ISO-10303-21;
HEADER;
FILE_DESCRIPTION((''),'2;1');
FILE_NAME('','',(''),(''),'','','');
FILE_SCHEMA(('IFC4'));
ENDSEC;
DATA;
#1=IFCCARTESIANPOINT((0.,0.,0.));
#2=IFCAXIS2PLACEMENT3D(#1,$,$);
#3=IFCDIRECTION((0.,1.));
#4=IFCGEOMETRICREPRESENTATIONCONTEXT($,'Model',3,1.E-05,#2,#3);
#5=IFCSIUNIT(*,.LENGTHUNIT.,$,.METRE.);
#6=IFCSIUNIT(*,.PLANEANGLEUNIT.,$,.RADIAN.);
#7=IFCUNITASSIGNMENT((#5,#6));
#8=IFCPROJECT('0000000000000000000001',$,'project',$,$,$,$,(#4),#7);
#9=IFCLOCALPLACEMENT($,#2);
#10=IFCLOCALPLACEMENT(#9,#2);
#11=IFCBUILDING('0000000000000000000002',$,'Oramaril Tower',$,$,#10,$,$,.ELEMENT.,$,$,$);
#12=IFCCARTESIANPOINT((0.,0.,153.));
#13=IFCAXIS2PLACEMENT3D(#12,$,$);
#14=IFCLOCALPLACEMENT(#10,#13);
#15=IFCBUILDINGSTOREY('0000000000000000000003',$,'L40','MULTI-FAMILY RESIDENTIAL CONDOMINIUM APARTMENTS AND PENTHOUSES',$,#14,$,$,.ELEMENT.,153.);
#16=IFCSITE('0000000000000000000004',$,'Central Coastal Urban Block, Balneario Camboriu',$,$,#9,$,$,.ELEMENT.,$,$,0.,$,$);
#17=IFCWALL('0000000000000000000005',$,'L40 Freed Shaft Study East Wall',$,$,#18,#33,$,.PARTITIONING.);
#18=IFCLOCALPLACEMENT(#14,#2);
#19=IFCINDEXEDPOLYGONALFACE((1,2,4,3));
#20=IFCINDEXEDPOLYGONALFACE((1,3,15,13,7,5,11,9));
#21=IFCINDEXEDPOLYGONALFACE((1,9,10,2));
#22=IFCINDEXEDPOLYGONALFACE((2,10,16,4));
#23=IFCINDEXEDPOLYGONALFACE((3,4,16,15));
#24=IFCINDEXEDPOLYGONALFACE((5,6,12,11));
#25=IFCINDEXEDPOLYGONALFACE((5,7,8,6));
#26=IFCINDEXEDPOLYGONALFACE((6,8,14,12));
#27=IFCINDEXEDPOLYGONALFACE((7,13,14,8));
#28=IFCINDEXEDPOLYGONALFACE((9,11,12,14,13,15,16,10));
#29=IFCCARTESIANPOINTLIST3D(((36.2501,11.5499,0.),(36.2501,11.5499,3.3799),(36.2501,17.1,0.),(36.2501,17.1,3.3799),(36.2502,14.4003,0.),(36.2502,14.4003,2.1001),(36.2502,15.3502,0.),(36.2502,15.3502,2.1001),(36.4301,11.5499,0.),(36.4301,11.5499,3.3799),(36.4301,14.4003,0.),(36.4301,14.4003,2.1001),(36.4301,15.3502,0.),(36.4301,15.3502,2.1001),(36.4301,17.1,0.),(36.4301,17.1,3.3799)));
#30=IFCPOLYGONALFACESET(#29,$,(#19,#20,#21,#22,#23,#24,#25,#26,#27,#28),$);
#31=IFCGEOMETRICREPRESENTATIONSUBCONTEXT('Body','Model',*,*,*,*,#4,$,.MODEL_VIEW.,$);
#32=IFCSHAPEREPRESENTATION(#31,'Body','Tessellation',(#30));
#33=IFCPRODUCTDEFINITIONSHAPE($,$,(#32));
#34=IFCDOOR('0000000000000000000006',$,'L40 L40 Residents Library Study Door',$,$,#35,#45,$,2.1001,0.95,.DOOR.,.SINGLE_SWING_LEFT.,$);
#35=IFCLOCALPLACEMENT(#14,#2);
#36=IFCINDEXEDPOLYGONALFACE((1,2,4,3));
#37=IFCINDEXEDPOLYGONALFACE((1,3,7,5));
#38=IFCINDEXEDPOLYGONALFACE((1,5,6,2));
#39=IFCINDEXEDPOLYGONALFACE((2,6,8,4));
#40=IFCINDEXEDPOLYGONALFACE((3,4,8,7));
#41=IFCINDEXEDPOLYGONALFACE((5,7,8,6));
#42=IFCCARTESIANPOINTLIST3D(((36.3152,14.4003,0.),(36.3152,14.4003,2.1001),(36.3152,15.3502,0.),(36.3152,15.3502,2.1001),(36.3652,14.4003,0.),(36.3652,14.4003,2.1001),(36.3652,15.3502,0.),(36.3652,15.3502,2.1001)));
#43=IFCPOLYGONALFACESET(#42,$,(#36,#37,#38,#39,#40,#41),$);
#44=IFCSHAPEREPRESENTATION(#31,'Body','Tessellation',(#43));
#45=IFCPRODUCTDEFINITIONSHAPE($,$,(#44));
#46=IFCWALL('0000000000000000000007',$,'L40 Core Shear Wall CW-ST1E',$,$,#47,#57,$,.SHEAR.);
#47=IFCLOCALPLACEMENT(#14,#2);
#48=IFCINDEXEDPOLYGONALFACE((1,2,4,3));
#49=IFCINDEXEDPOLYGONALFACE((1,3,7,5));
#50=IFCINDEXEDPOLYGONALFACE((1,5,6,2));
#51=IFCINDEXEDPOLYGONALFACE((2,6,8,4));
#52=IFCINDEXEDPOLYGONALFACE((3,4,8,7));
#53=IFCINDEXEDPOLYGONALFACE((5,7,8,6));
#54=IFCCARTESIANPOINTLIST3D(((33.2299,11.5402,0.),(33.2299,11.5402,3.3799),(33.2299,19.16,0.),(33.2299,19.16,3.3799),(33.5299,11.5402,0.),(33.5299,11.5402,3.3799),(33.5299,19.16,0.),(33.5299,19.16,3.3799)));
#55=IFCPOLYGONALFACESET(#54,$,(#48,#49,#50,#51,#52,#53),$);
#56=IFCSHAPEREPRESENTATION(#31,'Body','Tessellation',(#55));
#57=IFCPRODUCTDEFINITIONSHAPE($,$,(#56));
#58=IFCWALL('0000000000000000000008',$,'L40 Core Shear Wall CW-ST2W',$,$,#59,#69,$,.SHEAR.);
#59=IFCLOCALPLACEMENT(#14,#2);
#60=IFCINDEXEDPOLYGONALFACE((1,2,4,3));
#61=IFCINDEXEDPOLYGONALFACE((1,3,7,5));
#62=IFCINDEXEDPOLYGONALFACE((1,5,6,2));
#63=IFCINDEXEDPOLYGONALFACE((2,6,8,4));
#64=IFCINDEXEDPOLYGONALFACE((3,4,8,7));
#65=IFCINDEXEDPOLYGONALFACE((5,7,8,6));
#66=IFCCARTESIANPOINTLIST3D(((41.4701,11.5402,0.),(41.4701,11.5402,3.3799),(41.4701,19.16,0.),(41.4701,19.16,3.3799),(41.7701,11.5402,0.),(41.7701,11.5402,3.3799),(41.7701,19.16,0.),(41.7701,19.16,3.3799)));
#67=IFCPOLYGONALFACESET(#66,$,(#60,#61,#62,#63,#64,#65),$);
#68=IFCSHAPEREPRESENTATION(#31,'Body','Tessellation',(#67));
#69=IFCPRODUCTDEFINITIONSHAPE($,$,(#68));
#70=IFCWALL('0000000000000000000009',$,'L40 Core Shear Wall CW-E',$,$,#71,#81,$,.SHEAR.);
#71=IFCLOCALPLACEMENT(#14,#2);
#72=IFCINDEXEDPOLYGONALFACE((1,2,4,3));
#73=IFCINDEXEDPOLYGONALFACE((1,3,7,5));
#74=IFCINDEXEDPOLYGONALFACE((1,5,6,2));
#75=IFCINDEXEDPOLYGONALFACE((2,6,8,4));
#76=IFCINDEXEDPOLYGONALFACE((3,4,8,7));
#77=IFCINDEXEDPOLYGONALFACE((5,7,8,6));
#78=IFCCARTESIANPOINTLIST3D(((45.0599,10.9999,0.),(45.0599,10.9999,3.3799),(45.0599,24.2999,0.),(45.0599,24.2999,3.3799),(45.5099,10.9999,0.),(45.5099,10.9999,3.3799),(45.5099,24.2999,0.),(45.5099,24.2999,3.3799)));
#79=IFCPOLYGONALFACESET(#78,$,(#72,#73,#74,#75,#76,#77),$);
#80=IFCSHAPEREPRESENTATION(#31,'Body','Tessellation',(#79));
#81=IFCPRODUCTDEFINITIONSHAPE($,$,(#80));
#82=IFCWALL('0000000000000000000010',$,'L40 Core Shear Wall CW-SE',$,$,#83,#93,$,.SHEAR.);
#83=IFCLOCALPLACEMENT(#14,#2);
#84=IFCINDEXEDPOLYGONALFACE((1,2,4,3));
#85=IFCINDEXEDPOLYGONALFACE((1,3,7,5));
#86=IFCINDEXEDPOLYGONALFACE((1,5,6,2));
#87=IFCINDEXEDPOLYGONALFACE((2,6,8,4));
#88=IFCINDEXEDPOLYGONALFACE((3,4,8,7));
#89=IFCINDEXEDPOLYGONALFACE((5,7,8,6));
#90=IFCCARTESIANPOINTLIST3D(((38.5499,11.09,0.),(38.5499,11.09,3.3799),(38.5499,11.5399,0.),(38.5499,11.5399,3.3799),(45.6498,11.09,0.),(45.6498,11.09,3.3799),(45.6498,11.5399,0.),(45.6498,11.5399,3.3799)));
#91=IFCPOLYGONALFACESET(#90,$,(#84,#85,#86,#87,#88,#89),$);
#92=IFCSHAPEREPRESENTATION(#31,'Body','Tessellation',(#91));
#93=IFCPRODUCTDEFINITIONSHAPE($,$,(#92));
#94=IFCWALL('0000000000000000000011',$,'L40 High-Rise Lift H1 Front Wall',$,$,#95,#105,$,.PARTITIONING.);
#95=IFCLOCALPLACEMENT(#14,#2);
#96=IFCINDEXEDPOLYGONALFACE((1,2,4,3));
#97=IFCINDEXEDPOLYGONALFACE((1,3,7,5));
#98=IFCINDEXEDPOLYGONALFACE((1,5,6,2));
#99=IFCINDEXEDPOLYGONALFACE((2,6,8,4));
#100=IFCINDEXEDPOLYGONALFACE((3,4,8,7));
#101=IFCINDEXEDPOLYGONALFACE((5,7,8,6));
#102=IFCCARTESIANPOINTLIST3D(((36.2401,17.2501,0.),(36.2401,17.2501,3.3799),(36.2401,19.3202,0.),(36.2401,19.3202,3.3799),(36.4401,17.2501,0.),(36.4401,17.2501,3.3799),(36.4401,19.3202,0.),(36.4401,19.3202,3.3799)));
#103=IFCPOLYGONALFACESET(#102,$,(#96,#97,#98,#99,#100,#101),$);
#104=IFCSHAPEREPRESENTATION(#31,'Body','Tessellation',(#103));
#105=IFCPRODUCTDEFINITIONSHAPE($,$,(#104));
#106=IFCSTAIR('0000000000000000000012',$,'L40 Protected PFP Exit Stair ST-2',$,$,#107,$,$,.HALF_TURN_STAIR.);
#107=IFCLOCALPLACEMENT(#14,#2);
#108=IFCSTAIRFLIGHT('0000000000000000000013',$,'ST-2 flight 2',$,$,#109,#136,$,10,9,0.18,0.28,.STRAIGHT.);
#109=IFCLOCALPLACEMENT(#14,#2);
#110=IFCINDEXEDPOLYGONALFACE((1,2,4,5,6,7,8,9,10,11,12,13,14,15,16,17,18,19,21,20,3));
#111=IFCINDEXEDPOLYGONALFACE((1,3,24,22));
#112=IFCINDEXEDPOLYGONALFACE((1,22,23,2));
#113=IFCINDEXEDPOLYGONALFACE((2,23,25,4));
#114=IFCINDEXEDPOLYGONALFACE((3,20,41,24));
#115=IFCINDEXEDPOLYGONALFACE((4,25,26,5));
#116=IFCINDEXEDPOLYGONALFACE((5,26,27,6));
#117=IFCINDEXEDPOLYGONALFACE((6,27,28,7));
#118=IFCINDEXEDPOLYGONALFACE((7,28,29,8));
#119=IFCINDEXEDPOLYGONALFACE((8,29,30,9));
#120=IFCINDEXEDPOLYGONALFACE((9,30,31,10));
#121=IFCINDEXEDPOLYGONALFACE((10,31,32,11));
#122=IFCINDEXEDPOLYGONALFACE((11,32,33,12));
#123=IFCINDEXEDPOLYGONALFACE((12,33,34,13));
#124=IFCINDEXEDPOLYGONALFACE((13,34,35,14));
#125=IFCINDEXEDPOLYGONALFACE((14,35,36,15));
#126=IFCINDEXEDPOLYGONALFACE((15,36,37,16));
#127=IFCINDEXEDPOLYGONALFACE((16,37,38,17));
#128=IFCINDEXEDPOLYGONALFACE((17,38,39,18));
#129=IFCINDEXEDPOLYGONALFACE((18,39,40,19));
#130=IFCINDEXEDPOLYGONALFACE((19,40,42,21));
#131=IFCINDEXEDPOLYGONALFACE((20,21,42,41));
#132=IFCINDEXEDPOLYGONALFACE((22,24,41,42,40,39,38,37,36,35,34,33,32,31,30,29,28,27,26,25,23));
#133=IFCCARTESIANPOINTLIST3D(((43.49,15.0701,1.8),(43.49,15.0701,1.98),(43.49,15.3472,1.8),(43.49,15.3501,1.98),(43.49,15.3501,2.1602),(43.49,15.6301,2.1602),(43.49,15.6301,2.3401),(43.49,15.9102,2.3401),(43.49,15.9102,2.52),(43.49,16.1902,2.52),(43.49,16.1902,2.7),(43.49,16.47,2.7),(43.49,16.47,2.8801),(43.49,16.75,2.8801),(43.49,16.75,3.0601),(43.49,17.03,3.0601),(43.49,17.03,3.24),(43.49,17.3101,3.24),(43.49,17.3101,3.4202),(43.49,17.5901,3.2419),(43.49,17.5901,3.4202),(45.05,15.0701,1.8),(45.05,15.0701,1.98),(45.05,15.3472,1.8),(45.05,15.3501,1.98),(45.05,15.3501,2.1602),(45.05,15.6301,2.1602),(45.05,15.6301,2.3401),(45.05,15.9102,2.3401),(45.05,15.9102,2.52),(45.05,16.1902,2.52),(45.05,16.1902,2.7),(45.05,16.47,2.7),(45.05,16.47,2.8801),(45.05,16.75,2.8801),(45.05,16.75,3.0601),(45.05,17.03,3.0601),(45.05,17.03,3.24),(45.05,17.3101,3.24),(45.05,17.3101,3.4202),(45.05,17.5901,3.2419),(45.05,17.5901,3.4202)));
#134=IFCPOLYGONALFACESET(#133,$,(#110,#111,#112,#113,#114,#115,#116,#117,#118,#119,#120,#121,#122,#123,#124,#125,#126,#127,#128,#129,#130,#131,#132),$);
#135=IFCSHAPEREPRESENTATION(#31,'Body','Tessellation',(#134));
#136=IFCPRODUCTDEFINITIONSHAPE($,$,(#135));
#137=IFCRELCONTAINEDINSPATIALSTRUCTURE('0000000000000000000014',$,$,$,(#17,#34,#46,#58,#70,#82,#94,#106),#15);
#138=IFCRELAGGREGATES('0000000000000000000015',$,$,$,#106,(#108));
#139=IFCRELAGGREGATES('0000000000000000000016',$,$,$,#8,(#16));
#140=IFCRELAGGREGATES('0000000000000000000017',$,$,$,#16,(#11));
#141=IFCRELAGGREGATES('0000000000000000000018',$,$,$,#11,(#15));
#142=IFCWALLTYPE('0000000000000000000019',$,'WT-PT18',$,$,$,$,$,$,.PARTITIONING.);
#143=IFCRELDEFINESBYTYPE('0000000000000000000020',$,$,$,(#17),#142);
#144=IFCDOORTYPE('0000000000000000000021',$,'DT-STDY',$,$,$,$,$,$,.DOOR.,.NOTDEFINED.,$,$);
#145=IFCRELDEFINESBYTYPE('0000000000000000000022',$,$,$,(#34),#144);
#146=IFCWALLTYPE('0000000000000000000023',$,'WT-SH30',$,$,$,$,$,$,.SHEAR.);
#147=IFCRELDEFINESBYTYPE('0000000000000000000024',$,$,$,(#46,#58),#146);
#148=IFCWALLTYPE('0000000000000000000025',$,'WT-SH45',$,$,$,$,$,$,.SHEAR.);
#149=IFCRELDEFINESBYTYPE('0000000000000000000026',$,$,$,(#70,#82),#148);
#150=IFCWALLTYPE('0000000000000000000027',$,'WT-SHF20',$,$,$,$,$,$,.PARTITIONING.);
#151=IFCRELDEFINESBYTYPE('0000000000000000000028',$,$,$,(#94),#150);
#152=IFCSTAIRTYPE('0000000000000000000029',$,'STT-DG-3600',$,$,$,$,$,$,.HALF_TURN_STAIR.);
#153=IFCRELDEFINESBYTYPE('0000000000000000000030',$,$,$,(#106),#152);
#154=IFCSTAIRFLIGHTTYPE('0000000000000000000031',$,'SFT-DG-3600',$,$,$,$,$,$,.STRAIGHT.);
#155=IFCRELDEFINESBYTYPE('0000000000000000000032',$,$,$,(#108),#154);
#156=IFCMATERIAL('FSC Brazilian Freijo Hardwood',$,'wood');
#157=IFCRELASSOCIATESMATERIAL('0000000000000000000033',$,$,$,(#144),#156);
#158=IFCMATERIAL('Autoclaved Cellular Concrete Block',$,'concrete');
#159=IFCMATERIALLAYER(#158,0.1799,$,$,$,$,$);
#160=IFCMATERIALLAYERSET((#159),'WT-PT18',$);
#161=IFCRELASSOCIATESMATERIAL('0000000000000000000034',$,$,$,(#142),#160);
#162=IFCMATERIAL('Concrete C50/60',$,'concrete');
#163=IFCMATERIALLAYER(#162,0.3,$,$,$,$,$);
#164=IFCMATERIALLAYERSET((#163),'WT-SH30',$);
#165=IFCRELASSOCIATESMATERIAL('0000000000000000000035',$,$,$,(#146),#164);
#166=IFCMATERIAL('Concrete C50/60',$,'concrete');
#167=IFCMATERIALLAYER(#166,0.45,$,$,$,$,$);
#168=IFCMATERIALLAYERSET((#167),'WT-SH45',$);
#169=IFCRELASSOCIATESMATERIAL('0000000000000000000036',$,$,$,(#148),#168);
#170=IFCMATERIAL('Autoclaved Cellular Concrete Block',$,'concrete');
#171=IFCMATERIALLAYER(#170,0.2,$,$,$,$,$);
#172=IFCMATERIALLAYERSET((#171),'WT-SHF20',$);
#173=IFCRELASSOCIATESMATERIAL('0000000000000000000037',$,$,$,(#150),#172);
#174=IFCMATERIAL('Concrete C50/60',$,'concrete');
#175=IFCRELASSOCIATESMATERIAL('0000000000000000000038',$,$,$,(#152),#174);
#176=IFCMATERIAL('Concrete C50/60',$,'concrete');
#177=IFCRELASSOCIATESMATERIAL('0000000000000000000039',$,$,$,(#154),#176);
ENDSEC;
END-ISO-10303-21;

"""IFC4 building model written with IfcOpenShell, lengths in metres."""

from ifc_helpers import new_model, si_unit, direction, frame, frame_2d, origin, place, context, subcontext, project, spatial, polyline, rectangle, outline, extrude, material, layer, layer_set, type_object, element, fill, aggregate, save


model = new_model("IFC4")

# Units and contexts
model_context = context("Model", 3, precision=1e-05, world=origin(), true_north=direction((0.0, 1.0)))
body_context = subcontext(model_context, "Body", "Model", "MODEL_VIEW")
ifc_project = project(units=[si_unit("LENGTHUNIT", "METRE"), si_unit("PLANEANGLEUNIT", "RADIAN")], contexts=[model_context])

# Site, building, storey
site_placement = place(None, origin())
site = spatial("IfcSite", under=ifc_project, at=site_placement, Name="Central Coastal Urban Block, Balneario Camboriu", CompositionType="ELEMENT", RefElevation=0.0)
building_placement = place(site_placement, origin())
building = spatial("IfcBuilding", under=site, at=building_placement, Name="Oramaril Tower", CompositionType="ELEMENT")
storey_placement = place(building_placement, frame((0.0, 0.0, 153.0)))
storey = spatial("IfcBuildingStorey", under=building, at=storey_placement, Name="L40", Description="MULTI-FAMILY RESIDENTIAL CONDOMINIUM APARTMENTS AND PENTHOUSES", CompositionType="ELEMENT", Elevation=153.0)

# Shared definitions
ifc_material_1 = material(Name="FSC Brazilian Freijo Hardwood", Category="wood")
door_type_1 = type_object("IfcDoorType", Name="DT-STDY", OperationType="NOTDEFINED", PredefinedType="DOOR", material=ifc_material_1)

# Shared definitions
ifc_material_2 = material(Name="Autoclaved Cellular Concrete Block", Category="concrete")
ifc_layer_1 = layer(ifc_material_2, 0.1799)
ifc_layer_set_1 = layer_set([ifc_layer_1], Name="WT-PT18")
wall_type_1 = type_object("IfcWallType", Name="WT-PT18", PredefinedType="PARTITIONING", material=ifc_layer_set_1)

# Wall, opening, door
wall_1_placement = place(storey_placement, frame((36.3401, 11.55, 0.0), z_axis=(0.0, 0.0, 1.0), x_axis=(0.0, 1.0, 0.0)))
wall_1 = element("IfcWall", 1, at=wall_1_placement, inside=storey, type_object=wall_type_1, Name="L40 Freed Shaft Study East Wall", PredefinedType="PARTITIONING", context=body_context, shape_type="SweptSolid", body=[
    extrude(rectangle(XDim=5.55, YDim=0.1799, at=frame_2d((2.7749, 0.0))), origin(), (0.0, 0.0, 1.0), 3.3799),
])
opening_1_placement = place(wall_1_placement, frame((2.8501, 0.0, 0.0)))
opening_1 = element("IfcOpeningElement", 2, at=opening_1_placement, cuts=wall_1, PredefinedType="OPENING", context=body_context, shape_type="SweptSolid", body=[
    extrude(rectangle(XDim=0.95, YDim=2.1001, at=frame_2d((0.4751, 1.05))), frame((0.0, 0.0898, 0.0), z_axis=(0.0, -1.0, 0.0), x_axis=(1.0, 0.0, 0.0)), (0.0, 0.0, 1.0), 0.1799),
])
door_1_placement = place(opening_1_placement, origin())
door_1 = element("IfcDoor", 3, at=door_1_placement, inside=storey, type_object=door_type_1, Name="L40 L40 Residents Library Study Door", OperationType="SINGLE_SWING_LEFT", OverallHeight=2.1001, OverallWidth=0.95, PredefinedType="DOOR", context=body_context, shape_type="SweptSolid", body=[
    extrude(rectangle(XDim=0.95, YDim=2.1001, at=frame_2d((0.4751, 1.05))), frame((0.0, 0.0249, 0.0), z_axis=(0.0, -1.0, 0.0), x_axis=(1.0, 0.0, 0.0)), (0.0, 0.0, 1.0), 0.05),
])
fill(opening_1, door_1)

# Walls
ifc_material_3 = material(Name="Concrete C50/60", Category="concrete")
ifc_layer_2 = layer(ifc_material_3, 0.3)
ifc_layer_set_2 = layer_set([ifc_layer_2], Name="WT-SH30")
wall_type_2 = type_object("IfcWallType", Name="WT-SH30", PredefinedType="SHEAR", material=ifc_layer_set_2)
for number, where, z_axis, x_axis, name in (
    (4, (33.3799, 11.54, 0.0), (0.0, 0.0, 1.0), (0.0, 1.0, 0.0), "L40 Core Shear Wall CW-ST1E"),
    (5, (41.6201, 11.54, 0.0), (0.0, 0.0, 1.0), (0.0, 1.0, 0.0), "L40 Core Shear Wall CW-ST2W"),
):
    element("IfcWall", number, at=place(storey_placement, frame(where, z_axis=z_axis, x_axis=x_axis)), inside=storey, type_object=wall_type_2, Name=name, PredefinedType="SHEAR", context=body_context, shape_type="SweptSolid", body=[
        extrude(rectangle(XDim=7.6199, YDim=0.3, at=frame_2d((3.8101, 0.0))), origin(), (0.0, 0.0, 1.0), 3.3799),
    ])
ifc_material_4 = material(Name="Concrete C50/60", Category="concrete")
ifc_layer_3 = layer(ifc_material_4, 0.45)
ifc_layer_set_3 = layer_set([ifc_layer_3], Name="WT-SH45")
wall_type_3 = type_object("IfcWallType", Name="WT-SH45", PredefinedType="SHEAR", material=ifc_layer_set_3)
wall_2_placement = place(storey_placement, frame((45.2849, 11.0, 0.0), z_axis=(0.0, 0.0, 1.0), x_axis=(0.0, 1.0, 0.0)))
element("IfcWall", 6, at=wall_2_placement, inside=storey, type_object=wall_type_3, Name="L40 Core Shear Wall CW-E", PredefinedType="SHEAR", context=body_context, shape_type="SweptSolid", body=[
    extrude(rectangle(XDim=13.3, YDim=0.45, at=frame_2d((6.6499, 0.0))), origin(), (0.0, 0.0, 1.0), 3.3799),
])
wall_3_placement = place(storey_placement, frame((38.55, 11.3149, 0.0), z_axis=(0.0, 0.0, 1.0), x_axis=(1.0, 0.0, 0.0)))
element("IfcWall", 7, at=wall_3_placement, inside=storey, type_object=wall_type_3, Name="L40 Core Shear Wall CW-SE", PredefinedType="SHEAR", context=body_context, shape_type="SweptSolid", body=[
    extrude(rectangle(XDim=7.0999, YDim=0.45, at=frame_2d((3.5498, 0.0))), origin(), (0.0, 0.0, 1.0), 3.3799),
])
ifc_material_5 = material(Name="Autoclaved Cellular Concrete Block", Category="concrete")
ifc_layer_4 = layer(ifc_material_5, 0.2)
ifc_layer_set_4 = layer_set([ifc_layer_4], Name="WT-SHF20")
wall_type_4 = type_object("IfcWallType", Name="WT-SHF20", PredefinedType="PARTITIONING", material=ifc_layer_set_4)
wall_4_placement = place(storey_placement, frame((36.3401, 17.25, 0.0), z_axis=(0.0, 0.0, 1.0), x_axis=(0.0, 1.0, 0.0)))
element("IfcWall", 8, at=wall_4_placement, inside=storey, type_object=wall_type_4, Name="L40 High-Rise Lift H1 Front Wall", PredefinedType="PARTITIONING", context=body_context, shape_type="SweptSolid", body=[
    extrude(rectangle(XDim=2.0701, YDim=0.2, at=frame_2d((1.0352, 0.0))), origin(), (0.0, 0.0, 1.0), 3.3799),
])

# Stair, stair flight
ifc_material_6 = material(Name="Concrete C50/60", Category="concrete")
stair_type = type_object("IfcStairType", Name="STT-DG-3600", PredefinedType="HALF_TURN_STAIR", material=ifc_material_6)
stair_placement = place(storey_placement, origin())
stair = element("IfcStair", 9, at=stair_placement, inside=storey, type_object=stair_type, Name="L40 Protected PFP Exit Stair ST-2", PredefinedType="HALF_TURN_STAIR")
ifc_material_7 = material(Name="Concrete C50/60", Category="concrete")
stair_flight_type = type_object("IfcStairFlightType", Name="SFT-DG-3600", PredefinedType="STRAIGHT", material=ifc_material_7)
stair_flight_placement = place(storey_placement, frame((44.27, 15.0701, 1.8), z_axis=(0.0, 0.0, 1.0), x_axis=(0.0, 1.0, 0.0)))
stair_flight = element("IfcStairFlight", 10, at=stair_flight_placement, type_object=stair_flight_type, Name="ST-2 flight 2", NumberOfRisers=10, NumberOfTreads=9, PredefinedType="STRAIGHT", RiserHeight=0.18, TreadLength=0.28, context=body_context, shape_type="SweptSolid", body=[
    extrude(outline(polyline([(0.0, 0.0), (0.0, 0.1799), (0.28, 0.1799), (0.28, 0.3601), (0.5601, 0.3601), (0.5601, 0.54), (0.8401, 0.54), (0.8401, 0.72), (1.1201, 0.72), (1.1201, 0.8999), (1.3999, 0.8999), (1.3999, 1.0801), (1.6799, 1.0801), (1.6799, 1.26), (1.96, 1.26), (1.96, 1.4399), (2.24, 1.4399), (2.24, 1.6201), (2.52, 1.6201), (2.52, 1.8), (2.52, 1.4419), (0.2771, 0.0), (0.0, 0.0)])), frame((0.0, 0.78, 0.0), z_axis=(0.0, -1.0, 0.0), x_axis=(1.0, 0.0, 0.0)), (0.0, 0.0, 1.0), 1.5601),
])
aggregate(stair, [stair_flight])

save(model, "model.ifc")
